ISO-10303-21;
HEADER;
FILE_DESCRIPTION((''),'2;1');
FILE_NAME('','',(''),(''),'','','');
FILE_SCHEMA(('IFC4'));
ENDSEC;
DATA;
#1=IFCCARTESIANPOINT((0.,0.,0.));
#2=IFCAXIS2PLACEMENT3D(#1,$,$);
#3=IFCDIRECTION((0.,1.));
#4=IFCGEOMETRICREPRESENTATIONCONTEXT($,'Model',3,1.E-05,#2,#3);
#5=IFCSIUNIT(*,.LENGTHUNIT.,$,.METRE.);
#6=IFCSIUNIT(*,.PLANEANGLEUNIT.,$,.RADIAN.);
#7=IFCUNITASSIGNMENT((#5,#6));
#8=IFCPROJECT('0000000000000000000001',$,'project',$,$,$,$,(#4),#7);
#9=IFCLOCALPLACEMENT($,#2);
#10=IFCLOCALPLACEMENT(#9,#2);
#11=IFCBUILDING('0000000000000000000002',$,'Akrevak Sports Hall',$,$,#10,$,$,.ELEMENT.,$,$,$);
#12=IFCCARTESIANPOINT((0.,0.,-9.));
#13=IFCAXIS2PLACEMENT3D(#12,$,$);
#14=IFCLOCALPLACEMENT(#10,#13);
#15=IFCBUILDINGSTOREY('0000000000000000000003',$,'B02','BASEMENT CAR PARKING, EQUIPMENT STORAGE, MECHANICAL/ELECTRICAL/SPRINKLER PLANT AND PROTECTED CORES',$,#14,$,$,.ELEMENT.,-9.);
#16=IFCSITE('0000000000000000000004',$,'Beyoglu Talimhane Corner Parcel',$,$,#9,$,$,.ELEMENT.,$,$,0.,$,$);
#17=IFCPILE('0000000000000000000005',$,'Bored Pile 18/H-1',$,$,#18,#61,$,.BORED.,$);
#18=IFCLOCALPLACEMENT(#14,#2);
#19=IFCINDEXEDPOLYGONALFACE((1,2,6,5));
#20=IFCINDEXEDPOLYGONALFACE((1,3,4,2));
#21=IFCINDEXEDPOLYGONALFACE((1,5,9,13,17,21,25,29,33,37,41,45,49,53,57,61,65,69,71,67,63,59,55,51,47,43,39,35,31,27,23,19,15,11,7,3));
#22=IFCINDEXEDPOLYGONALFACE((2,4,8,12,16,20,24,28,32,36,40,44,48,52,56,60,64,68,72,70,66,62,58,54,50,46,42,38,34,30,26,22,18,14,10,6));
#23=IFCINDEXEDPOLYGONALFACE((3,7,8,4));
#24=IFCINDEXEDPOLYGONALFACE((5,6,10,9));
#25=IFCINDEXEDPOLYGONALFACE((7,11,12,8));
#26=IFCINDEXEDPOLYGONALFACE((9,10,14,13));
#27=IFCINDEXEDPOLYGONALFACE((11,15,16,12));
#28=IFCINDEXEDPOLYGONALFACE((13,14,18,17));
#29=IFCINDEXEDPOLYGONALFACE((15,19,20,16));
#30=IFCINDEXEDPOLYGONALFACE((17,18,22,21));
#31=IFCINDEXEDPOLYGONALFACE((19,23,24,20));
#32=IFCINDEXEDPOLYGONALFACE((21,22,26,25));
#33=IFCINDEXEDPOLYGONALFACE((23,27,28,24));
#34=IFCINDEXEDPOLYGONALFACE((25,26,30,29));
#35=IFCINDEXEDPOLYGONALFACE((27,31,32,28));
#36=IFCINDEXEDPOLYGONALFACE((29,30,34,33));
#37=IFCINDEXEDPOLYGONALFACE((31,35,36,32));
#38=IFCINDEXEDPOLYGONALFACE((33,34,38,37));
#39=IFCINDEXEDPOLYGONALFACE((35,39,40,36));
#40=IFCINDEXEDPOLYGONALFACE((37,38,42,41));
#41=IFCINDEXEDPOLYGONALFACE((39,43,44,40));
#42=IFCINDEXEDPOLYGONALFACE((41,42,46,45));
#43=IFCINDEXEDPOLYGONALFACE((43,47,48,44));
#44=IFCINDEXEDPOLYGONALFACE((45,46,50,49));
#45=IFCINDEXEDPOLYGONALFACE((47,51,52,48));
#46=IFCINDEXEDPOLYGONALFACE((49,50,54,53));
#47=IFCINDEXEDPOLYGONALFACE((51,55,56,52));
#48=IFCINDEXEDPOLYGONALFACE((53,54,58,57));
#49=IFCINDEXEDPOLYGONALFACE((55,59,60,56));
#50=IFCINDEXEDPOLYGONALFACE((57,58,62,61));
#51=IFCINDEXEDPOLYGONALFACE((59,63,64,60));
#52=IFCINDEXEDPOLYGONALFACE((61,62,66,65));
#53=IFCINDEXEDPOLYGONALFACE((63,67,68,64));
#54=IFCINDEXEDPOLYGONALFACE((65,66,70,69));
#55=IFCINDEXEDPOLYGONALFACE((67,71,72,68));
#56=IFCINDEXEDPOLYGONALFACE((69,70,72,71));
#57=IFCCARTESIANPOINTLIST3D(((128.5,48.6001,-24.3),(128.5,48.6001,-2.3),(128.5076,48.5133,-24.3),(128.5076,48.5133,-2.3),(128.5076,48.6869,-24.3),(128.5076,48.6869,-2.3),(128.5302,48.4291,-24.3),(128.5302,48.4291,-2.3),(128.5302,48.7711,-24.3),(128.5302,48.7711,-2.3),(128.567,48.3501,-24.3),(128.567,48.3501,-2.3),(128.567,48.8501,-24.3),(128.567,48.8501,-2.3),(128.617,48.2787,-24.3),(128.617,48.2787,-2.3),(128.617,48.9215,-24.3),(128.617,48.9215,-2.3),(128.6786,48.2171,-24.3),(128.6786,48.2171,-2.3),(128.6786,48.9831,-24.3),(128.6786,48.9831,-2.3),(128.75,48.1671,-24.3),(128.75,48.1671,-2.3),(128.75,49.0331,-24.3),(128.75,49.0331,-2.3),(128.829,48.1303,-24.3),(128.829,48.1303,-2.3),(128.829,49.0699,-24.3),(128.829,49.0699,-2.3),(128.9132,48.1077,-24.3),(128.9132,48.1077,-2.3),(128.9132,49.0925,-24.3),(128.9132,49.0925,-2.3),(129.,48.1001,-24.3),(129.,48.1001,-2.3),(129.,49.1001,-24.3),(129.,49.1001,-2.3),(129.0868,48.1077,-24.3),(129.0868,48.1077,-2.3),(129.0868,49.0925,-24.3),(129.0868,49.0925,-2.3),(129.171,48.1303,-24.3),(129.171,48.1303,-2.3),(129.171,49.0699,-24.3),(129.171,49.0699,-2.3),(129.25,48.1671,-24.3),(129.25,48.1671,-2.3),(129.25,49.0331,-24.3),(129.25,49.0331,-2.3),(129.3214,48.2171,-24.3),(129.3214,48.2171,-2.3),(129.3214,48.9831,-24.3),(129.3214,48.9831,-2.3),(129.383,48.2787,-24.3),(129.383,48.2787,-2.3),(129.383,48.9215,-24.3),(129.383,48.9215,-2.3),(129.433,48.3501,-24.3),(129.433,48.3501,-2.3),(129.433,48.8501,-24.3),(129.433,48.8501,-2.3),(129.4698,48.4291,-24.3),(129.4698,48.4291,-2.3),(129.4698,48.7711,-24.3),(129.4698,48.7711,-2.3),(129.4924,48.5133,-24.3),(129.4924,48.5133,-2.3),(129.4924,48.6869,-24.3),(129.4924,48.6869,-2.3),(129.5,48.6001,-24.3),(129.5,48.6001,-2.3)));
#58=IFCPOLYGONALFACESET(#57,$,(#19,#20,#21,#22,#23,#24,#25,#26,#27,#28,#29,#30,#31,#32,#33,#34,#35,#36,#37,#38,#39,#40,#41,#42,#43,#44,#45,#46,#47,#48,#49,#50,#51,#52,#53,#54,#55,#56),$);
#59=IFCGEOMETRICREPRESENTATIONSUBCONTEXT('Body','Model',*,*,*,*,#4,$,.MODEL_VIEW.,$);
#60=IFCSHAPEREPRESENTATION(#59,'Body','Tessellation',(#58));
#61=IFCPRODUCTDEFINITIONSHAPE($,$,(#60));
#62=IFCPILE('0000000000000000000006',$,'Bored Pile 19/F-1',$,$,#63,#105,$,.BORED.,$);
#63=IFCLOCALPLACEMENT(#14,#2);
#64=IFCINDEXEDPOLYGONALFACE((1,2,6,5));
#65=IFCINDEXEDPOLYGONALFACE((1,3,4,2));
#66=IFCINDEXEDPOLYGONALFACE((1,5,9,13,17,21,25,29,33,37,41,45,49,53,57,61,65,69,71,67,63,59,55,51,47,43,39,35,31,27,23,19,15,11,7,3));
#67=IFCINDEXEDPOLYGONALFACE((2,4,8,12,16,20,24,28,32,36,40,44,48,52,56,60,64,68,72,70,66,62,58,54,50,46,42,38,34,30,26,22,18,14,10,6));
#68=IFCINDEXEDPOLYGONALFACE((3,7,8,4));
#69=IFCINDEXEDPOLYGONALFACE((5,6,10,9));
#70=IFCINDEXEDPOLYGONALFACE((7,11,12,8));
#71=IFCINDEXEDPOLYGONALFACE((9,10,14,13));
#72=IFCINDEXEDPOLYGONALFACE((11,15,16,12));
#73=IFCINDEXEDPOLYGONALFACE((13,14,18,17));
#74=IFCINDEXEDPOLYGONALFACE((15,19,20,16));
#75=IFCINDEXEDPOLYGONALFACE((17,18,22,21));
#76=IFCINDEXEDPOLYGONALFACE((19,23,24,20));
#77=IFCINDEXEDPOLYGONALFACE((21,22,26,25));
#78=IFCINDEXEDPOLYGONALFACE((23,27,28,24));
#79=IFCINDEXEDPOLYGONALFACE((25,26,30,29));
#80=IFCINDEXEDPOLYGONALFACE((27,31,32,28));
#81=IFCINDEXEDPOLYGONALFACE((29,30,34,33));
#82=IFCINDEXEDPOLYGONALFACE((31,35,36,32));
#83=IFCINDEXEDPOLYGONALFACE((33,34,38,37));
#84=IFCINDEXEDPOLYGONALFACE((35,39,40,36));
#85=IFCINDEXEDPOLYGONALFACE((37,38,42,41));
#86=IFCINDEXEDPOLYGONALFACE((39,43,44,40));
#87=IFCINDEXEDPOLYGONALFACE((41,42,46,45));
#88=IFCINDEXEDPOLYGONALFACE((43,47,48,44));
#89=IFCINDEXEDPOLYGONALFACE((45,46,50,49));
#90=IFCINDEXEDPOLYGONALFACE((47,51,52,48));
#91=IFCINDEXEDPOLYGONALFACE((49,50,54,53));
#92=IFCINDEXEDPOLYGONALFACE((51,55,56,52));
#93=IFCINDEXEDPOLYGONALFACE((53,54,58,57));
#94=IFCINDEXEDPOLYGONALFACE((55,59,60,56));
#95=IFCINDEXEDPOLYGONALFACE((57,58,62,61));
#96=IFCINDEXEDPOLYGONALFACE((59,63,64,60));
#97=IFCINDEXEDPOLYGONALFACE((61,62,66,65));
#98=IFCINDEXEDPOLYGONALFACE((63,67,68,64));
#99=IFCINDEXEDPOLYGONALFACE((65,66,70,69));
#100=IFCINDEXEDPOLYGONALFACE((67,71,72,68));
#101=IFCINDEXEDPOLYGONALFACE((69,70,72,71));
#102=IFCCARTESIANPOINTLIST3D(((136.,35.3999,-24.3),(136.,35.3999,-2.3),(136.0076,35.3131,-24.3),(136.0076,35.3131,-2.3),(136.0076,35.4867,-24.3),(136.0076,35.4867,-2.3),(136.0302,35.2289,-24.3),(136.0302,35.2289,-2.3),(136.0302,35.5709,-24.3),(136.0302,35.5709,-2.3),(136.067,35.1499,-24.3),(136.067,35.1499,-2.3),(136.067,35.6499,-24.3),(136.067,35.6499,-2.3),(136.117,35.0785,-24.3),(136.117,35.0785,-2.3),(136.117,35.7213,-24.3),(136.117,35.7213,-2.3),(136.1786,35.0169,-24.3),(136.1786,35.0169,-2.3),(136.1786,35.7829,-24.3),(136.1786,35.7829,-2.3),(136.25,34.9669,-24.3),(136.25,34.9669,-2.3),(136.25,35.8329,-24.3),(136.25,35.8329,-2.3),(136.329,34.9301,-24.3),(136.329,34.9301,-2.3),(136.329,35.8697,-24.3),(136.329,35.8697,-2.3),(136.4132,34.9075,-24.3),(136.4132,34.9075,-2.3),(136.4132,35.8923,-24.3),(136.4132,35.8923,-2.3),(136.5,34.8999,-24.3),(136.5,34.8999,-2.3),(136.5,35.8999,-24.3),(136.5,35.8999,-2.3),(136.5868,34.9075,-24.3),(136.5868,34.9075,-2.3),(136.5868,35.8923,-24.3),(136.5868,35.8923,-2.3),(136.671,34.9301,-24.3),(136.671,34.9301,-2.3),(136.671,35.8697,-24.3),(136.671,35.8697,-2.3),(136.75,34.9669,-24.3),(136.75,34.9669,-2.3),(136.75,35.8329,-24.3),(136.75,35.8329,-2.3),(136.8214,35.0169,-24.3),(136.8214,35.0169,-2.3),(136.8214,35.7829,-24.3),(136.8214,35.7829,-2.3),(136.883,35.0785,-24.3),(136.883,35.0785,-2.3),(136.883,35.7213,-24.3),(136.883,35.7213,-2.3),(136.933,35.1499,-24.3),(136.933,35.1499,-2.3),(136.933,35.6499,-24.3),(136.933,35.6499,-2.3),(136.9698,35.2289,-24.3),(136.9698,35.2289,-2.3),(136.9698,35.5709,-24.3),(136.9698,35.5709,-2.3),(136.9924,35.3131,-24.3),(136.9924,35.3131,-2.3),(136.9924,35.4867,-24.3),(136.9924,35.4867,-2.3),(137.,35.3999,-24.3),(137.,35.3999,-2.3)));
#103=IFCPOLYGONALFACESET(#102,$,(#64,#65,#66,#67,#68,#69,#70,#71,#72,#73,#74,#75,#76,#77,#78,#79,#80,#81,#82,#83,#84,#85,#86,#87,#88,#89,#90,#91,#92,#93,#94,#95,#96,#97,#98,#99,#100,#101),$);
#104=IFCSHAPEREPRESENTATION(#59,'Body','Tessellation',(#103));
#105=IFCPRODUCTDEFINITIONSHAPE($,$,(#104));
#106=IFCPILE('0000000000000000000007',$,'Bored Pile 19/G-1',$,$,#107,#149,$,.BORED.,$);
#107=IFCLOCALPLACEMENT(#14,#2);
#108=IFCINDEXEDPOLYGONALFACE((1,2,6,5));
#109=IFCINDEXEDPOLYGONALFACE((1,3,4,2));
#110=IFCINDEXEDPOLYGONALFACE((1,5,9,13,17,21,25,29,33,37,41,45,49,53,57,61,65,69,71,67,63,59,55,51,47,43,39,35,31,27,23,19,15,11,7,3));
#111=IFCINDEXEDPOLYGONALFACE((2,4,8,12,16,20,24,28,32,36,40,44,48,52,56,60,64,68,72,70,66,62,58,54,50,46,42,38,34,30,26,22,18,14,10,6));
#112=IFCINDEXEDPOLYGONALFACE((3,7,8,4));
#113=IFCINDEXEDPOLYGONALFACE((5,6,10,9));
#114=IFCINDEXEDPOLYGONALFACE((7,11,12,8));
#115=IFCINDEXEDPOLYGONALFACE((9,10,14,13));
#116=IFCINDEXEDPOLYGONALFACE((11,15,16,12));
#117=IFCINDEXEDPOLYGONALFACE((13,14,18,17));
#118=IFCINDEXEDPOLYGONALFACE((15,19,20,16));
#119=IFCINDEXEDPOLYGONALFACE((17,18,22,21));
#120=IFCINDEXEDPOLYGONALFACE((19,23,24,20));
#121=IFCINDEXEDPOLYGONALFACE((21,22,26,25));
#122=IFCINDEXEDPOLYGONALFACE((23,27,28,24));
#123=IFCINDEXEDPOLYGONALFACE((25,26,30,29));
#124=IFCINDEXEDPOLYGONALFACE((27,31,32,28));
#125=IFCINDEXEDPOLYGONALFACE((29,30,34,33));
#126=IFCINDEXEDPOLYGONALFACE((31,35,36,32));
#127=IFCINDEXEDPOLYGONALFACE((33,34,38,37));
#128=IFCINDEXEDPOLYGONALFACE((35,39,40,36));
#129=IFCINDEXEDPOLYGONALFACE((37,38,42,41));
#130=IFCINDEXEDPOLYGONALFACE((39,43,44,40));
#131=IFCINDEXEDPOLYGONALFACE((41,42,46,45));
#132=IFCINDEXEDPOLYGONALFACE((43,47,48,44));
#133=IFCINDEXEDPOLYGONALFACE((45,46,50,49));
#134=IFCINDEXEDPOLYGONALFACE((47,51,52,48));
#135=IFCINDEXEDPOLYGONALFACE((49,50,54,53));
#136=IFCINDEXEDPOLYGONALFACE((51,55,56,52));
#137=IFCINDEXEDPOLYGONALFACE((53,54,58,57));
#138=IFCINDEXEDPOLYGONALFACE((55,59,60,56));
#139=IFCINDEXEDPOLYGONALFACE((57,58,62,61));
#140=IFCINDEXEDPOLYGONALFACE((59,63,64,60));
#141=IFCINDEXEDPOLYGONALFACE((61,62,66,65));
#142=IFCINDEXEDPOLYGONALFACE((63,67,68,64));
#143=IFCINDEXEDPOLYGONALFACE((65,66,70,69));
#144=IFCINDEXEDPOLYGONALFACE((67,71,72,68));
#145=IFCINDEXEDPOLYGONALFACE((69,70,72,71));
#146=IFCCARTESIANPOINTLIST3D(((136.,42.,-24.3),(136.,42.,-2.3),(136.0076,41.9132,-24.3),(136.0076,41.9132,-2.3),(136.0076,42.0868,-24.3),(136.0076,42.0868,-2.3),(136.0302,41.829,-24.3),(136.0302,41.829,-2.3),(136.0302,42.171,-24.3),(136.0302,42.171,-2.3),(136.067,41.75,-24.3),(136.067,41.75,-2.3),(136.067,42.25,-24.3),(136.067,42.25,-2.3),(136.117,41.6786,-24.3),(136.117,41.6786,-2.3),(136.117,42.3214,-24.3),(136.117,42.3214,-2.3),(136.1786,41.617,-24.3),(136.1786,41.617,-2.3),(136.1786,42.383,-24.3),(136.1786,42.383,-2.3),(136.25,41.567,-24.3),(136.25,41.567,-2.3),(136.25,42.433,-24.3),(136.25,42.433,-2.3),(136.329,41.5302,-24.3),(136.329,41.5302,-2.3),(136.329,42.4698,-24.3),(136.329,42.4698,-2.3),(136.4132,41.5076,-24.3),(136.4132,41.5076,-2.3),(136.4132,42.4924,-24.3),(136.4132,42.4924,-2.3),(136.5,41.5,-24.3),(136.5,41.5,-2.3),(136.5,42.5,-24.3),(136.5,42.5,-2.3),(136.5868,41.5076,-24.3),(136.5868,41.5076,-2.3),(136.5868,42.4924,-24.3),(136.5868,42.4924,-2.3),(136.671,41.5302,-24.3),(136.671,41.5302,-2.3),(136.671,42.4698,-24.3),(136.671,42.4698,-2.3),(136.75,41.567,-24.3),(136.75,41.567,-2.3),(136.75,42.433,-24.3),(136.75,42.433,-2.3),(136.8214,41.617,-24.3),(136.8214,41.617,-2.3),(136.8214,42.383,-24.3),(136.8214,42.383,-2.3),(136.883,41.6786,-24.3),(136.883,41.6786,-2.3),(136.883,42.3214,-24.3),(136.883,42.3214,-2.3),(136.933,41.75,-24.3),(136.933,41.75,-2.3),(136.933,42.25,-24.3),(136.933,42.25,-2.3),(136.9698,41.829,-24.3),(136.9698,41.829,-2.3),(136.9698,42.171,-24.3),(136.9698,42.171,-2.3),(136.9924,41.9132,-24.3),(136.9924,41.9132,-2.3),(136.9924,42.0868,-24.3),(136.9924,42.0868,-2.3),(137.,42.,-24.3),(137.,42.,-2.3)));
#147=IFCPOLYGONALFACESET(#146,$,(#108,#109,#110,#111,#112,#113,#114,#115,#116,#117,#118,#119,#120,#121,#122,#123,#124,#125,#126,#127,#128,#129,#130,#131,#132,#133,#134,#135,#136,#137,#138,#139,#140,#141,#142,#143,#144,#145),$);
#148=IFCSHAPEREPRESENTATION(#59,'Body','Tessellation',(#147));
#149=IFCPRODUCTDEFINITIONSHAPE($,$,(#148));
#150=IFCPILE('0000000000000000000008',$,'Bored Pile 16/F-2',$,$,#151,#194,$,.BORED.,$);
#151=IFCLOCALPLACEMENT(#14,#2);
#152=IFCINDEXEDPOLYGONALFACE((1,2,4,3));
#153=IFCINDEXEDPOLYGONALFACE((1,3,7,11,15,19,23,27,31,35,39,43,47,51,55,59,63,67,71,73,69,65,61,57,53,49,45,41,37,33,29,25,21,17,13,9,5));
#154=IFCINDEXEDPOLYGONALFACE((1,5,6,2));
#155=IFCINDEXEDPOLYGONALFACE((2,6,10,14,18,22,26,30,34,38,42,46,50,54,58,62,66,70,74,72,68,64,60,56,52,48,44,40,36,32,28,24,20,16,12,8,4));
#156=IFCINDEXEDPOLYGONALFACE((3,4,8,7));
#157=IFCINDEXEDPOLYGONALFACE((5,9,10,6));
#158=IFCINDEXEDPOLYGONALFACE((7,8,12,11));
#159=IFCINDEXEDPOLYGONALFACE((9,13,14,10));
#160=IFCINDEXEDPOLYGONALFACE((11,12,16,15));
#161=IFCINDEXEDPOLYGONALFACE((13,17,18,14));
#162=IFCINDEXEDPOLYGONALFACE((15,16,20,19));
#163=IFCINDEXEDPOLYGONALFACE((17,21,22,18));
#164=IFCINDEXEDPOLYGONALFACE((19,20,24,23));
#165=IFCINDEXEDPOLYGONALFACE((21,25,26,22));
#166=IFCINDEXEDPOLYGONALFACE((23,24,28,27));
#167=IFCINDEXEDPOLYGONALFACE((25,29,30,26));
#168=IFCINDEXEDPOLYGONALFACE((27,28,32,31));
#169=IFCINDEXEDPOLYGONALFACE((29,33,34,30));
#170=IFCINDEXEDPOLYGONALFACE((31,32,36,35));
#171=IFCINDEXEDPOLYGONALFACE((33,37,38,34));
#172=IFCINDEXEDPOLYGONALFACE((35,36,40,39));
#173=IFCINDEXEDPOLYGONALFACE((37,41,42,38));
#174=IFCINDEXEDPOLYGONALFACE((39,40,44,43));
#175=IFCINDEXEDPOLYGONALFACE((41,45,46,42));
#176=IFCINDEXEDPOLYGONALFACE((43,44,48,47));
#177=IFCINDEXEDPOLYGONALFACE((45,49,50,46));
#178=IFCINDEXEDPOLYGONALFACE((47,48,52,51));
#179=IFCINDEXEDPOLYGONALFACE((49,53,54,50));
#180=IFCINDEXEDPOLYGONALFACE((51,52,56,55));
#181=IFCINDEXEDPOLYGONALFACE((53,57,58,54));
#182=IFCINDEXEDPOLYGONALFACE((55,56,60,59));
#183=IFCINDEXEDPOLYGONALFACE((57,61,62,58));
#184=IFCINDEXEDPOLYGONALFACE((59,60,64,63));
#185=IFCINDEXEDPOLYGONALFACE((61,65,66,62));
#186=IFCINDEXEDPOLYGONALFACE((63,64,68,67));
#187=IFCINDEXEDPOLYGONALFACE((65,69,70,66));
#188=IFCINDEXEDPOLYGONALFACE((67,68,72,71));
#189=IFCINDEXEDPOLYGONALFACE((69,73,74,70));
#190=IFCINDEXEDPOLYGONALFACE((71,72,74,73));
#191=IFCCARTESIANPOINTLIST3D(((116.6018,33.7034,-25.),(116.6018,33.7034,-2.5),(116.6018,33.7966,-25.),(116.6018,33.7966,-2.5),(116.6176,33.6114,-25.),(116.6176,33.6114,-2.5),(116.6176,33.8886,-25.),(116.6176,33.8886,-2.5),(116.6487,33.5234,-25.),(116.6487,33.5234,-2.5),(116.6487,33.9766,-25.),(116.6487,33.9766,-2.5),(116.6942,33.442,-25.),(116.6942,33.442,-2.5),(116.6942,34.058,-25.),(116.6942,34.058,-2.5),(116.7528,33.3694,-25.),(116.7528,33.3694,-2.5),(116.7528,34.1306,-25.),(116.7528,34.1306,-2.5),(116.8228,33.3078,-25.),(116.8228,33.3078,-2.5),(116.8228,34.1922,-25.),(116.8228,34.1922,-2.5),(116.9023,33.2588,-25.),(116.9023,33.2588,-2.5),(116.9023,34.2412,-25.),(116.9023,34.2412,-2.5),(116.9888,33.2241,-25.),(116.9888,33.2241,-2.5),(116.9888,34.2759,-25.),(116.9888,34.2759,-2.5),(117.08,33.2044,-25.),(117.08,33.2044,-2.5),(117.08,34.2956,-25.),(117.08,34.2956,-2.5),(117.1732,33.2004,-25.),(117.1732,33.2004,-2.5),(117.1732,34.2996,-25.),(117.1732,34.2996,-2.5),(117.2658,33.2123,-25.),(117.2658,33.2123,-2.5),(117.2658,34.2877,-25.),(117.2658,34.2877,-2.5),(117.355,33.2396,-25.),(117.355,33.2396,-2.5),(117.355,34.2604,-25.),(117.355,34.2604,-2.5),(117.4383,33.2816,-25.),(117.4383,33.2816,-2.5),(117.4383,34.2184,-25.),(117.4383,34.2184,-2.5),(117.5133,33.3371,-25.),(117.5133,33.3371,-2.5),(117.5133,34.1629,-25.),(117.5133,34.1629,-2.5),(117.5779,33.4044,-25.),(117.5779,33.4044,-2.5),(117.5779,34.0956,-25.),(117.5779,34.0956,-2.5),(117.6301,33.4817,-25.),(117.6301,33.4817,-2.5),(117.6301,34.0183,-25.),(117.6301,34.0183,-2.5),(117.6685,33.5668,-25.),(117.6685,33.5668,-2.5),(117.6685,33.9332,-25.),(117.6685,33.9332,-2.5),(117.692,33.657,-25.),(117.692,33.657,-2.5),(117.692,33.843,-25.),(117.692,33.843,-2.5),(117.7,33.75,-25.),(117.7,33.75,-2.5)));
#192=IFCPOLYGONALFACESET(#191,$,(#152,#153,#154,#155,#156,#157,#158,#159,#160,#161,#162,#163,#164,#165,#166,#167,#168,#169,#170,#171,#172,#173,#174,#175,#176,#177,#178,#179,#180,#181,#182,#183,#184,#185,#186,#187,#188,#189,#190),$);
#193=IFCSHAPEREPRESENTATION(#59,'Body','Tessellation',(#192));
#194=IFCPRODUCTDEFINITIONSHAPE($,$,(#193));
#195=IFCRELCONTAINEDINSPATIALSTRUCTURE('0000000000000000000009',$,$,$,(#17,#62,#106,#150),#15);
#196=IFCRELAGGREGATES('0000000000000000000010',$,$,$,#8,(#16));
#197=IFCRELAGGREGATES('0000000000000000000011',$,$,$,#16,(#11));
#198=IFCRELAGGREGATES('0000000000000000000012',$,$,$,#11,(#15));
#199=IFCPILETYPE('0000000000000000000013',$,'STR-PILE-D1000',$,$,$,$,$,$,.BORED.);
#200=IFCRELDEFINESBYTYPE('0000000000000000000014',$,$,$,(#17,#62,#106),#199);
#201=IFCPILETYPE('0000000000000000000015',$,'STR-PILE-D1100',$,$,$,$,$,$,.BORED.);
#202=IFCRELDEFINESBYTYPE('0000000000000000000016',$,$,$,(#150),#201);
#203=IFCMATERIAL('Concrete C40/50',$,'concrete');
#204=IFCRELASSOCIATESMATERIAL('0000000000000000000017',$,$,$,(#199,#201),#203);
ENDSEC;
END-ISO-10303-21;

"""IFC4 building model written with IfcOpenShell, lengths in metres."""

from ifc_helpers import new_model, si_unit, direction, frame, origin, origin_2d, place, context, subcontext, project, spatial, circle, extrude, material, material_profile, profile_set, type_object, element, save


model = new_model("IFC4")

# Units and contexts
model_context = context("Model", 3, precision=1e-05, world=origin(), true_north=direction((0.0, 1.0)))
body_context = subcontext(model_context, "Body", "Model", "MODEL_VIEW")
ifc_project = project(units=[si_unit("LENGTHUNIT", "METRE"), si_unit("PLANEANGLEUNIT", "RADIAN")], contexts=[model_context])

# Site, building, storey
site_placement = place(None, origin())
site = spatial("IfcSite", under=ifc_project, at=site_placement, Name="Beyoglu Talimhane Corner Parcel", CompositionType="ELEMENT", RefElevation=0.0)
building_placement = place(site_placement, origin())
building = spatial("IfcBuilding", under=site, at=building_placement, Name="Akrevak Sports Hall", CompositionType="ELEMENT")
storey_placement = place(building_placement, frame((0.0, 0.0, -9.0)))
storey = spatial("IfcBuildingStorey", under=building, at=storey_placement, Name="B02", Description="BASEMENT CAR PARKING, EQUIPMENT STORAGE, MECHANICAL/ELECTRICAL/SPRINKLER PLANT AND PROTECTED CORES", CompositionType="ELEMENT", Elevation=-9.0)

# Shared definitions
ifc_material_1 = material(Name="Concrete C40/50", Category="concrete")

# Piles
ifc_material_profile_1 = material_profile(ifc_material_1, circle(Radius=0.5, at=origin_2d()), Name="BORED PILE D1000", Category="concrete")
ifc_profile_set_1 = profile_set([ifc_material_profile_1], Name="Concrete C40/50")
pile_type_1 = type_object("IfcPileType", Name="STR-PILE-D1000", PredefinedType="BORED", material=ifc_profile_set_1)
for number, where, z_axis, x_axis, name in (
    (1, (129.0, 48.6001, -2.3), (0.0, 0.0, -1.0), (1.0, 0.0, 0.0), "Bored Pile 18/H-1"),
    (2, (136.5, 35.3999, -2.3), (0.0, 0.0, -1.0), (1.0, 0.0, 0.0), "Bored Pile 19/F-1"),
    (3, (136.5, 42.0, -2.3), (0.0, 0.0, -1.0), (1.0, 0.0, 0.0), "Bored Pile 19/G-1"),
):
    element("IfcPile", number, at=place(storey_placement, frame(where, z_axis=z_axis, x_axis=x_axis)), inside=storey, type_object=pile_type_1, Name=name, PredefinedType="BORED", context=body_context, shape_type="SweptSolid", body=[
        extrude(circle(Radius=0.5, at=origin_2d()), origin(), (0.0, 0.0, 1.0), 22.0),
    ])
ifc_material_profile_2 = material_profile(ifc_material_1, circle(Radius=0.55, at=origin_2d()), Name="BORED PILE D1100", Category="concrete")
ifc_profile_set_2 = profile_set([ifc_material_profile_2], Name="Concrete C40/50")
pile_type_2 = type_object("IfcPileType", Name="STR-PILE-D1100", PredefinedType="BORED", material=ifc_profile_set_2)
for number, where, z_axis, x_axis, name in (
    (4, (117.1499, 33.75, -2.5), (0.0, 0.0, -1.0), (1.0, 0.0, 0.0), "Bored Pile 16/F-2"),
):
    element("IfcPile", number, at=place(storey_placement, frame(where, z_axis=z_axis, x_axis=x_axis)), inside=storey, type_object=pile_type_2, Name=name, PredefinedType="BORED", context=body_context, shape_type="SweptSolid", body=[
        extrude(circle(Radius=0.55, at=origin_2d()), origin(), (0.0, 0.0, 1.0), 22.5),
    ])

save(model, "model.ifc")
